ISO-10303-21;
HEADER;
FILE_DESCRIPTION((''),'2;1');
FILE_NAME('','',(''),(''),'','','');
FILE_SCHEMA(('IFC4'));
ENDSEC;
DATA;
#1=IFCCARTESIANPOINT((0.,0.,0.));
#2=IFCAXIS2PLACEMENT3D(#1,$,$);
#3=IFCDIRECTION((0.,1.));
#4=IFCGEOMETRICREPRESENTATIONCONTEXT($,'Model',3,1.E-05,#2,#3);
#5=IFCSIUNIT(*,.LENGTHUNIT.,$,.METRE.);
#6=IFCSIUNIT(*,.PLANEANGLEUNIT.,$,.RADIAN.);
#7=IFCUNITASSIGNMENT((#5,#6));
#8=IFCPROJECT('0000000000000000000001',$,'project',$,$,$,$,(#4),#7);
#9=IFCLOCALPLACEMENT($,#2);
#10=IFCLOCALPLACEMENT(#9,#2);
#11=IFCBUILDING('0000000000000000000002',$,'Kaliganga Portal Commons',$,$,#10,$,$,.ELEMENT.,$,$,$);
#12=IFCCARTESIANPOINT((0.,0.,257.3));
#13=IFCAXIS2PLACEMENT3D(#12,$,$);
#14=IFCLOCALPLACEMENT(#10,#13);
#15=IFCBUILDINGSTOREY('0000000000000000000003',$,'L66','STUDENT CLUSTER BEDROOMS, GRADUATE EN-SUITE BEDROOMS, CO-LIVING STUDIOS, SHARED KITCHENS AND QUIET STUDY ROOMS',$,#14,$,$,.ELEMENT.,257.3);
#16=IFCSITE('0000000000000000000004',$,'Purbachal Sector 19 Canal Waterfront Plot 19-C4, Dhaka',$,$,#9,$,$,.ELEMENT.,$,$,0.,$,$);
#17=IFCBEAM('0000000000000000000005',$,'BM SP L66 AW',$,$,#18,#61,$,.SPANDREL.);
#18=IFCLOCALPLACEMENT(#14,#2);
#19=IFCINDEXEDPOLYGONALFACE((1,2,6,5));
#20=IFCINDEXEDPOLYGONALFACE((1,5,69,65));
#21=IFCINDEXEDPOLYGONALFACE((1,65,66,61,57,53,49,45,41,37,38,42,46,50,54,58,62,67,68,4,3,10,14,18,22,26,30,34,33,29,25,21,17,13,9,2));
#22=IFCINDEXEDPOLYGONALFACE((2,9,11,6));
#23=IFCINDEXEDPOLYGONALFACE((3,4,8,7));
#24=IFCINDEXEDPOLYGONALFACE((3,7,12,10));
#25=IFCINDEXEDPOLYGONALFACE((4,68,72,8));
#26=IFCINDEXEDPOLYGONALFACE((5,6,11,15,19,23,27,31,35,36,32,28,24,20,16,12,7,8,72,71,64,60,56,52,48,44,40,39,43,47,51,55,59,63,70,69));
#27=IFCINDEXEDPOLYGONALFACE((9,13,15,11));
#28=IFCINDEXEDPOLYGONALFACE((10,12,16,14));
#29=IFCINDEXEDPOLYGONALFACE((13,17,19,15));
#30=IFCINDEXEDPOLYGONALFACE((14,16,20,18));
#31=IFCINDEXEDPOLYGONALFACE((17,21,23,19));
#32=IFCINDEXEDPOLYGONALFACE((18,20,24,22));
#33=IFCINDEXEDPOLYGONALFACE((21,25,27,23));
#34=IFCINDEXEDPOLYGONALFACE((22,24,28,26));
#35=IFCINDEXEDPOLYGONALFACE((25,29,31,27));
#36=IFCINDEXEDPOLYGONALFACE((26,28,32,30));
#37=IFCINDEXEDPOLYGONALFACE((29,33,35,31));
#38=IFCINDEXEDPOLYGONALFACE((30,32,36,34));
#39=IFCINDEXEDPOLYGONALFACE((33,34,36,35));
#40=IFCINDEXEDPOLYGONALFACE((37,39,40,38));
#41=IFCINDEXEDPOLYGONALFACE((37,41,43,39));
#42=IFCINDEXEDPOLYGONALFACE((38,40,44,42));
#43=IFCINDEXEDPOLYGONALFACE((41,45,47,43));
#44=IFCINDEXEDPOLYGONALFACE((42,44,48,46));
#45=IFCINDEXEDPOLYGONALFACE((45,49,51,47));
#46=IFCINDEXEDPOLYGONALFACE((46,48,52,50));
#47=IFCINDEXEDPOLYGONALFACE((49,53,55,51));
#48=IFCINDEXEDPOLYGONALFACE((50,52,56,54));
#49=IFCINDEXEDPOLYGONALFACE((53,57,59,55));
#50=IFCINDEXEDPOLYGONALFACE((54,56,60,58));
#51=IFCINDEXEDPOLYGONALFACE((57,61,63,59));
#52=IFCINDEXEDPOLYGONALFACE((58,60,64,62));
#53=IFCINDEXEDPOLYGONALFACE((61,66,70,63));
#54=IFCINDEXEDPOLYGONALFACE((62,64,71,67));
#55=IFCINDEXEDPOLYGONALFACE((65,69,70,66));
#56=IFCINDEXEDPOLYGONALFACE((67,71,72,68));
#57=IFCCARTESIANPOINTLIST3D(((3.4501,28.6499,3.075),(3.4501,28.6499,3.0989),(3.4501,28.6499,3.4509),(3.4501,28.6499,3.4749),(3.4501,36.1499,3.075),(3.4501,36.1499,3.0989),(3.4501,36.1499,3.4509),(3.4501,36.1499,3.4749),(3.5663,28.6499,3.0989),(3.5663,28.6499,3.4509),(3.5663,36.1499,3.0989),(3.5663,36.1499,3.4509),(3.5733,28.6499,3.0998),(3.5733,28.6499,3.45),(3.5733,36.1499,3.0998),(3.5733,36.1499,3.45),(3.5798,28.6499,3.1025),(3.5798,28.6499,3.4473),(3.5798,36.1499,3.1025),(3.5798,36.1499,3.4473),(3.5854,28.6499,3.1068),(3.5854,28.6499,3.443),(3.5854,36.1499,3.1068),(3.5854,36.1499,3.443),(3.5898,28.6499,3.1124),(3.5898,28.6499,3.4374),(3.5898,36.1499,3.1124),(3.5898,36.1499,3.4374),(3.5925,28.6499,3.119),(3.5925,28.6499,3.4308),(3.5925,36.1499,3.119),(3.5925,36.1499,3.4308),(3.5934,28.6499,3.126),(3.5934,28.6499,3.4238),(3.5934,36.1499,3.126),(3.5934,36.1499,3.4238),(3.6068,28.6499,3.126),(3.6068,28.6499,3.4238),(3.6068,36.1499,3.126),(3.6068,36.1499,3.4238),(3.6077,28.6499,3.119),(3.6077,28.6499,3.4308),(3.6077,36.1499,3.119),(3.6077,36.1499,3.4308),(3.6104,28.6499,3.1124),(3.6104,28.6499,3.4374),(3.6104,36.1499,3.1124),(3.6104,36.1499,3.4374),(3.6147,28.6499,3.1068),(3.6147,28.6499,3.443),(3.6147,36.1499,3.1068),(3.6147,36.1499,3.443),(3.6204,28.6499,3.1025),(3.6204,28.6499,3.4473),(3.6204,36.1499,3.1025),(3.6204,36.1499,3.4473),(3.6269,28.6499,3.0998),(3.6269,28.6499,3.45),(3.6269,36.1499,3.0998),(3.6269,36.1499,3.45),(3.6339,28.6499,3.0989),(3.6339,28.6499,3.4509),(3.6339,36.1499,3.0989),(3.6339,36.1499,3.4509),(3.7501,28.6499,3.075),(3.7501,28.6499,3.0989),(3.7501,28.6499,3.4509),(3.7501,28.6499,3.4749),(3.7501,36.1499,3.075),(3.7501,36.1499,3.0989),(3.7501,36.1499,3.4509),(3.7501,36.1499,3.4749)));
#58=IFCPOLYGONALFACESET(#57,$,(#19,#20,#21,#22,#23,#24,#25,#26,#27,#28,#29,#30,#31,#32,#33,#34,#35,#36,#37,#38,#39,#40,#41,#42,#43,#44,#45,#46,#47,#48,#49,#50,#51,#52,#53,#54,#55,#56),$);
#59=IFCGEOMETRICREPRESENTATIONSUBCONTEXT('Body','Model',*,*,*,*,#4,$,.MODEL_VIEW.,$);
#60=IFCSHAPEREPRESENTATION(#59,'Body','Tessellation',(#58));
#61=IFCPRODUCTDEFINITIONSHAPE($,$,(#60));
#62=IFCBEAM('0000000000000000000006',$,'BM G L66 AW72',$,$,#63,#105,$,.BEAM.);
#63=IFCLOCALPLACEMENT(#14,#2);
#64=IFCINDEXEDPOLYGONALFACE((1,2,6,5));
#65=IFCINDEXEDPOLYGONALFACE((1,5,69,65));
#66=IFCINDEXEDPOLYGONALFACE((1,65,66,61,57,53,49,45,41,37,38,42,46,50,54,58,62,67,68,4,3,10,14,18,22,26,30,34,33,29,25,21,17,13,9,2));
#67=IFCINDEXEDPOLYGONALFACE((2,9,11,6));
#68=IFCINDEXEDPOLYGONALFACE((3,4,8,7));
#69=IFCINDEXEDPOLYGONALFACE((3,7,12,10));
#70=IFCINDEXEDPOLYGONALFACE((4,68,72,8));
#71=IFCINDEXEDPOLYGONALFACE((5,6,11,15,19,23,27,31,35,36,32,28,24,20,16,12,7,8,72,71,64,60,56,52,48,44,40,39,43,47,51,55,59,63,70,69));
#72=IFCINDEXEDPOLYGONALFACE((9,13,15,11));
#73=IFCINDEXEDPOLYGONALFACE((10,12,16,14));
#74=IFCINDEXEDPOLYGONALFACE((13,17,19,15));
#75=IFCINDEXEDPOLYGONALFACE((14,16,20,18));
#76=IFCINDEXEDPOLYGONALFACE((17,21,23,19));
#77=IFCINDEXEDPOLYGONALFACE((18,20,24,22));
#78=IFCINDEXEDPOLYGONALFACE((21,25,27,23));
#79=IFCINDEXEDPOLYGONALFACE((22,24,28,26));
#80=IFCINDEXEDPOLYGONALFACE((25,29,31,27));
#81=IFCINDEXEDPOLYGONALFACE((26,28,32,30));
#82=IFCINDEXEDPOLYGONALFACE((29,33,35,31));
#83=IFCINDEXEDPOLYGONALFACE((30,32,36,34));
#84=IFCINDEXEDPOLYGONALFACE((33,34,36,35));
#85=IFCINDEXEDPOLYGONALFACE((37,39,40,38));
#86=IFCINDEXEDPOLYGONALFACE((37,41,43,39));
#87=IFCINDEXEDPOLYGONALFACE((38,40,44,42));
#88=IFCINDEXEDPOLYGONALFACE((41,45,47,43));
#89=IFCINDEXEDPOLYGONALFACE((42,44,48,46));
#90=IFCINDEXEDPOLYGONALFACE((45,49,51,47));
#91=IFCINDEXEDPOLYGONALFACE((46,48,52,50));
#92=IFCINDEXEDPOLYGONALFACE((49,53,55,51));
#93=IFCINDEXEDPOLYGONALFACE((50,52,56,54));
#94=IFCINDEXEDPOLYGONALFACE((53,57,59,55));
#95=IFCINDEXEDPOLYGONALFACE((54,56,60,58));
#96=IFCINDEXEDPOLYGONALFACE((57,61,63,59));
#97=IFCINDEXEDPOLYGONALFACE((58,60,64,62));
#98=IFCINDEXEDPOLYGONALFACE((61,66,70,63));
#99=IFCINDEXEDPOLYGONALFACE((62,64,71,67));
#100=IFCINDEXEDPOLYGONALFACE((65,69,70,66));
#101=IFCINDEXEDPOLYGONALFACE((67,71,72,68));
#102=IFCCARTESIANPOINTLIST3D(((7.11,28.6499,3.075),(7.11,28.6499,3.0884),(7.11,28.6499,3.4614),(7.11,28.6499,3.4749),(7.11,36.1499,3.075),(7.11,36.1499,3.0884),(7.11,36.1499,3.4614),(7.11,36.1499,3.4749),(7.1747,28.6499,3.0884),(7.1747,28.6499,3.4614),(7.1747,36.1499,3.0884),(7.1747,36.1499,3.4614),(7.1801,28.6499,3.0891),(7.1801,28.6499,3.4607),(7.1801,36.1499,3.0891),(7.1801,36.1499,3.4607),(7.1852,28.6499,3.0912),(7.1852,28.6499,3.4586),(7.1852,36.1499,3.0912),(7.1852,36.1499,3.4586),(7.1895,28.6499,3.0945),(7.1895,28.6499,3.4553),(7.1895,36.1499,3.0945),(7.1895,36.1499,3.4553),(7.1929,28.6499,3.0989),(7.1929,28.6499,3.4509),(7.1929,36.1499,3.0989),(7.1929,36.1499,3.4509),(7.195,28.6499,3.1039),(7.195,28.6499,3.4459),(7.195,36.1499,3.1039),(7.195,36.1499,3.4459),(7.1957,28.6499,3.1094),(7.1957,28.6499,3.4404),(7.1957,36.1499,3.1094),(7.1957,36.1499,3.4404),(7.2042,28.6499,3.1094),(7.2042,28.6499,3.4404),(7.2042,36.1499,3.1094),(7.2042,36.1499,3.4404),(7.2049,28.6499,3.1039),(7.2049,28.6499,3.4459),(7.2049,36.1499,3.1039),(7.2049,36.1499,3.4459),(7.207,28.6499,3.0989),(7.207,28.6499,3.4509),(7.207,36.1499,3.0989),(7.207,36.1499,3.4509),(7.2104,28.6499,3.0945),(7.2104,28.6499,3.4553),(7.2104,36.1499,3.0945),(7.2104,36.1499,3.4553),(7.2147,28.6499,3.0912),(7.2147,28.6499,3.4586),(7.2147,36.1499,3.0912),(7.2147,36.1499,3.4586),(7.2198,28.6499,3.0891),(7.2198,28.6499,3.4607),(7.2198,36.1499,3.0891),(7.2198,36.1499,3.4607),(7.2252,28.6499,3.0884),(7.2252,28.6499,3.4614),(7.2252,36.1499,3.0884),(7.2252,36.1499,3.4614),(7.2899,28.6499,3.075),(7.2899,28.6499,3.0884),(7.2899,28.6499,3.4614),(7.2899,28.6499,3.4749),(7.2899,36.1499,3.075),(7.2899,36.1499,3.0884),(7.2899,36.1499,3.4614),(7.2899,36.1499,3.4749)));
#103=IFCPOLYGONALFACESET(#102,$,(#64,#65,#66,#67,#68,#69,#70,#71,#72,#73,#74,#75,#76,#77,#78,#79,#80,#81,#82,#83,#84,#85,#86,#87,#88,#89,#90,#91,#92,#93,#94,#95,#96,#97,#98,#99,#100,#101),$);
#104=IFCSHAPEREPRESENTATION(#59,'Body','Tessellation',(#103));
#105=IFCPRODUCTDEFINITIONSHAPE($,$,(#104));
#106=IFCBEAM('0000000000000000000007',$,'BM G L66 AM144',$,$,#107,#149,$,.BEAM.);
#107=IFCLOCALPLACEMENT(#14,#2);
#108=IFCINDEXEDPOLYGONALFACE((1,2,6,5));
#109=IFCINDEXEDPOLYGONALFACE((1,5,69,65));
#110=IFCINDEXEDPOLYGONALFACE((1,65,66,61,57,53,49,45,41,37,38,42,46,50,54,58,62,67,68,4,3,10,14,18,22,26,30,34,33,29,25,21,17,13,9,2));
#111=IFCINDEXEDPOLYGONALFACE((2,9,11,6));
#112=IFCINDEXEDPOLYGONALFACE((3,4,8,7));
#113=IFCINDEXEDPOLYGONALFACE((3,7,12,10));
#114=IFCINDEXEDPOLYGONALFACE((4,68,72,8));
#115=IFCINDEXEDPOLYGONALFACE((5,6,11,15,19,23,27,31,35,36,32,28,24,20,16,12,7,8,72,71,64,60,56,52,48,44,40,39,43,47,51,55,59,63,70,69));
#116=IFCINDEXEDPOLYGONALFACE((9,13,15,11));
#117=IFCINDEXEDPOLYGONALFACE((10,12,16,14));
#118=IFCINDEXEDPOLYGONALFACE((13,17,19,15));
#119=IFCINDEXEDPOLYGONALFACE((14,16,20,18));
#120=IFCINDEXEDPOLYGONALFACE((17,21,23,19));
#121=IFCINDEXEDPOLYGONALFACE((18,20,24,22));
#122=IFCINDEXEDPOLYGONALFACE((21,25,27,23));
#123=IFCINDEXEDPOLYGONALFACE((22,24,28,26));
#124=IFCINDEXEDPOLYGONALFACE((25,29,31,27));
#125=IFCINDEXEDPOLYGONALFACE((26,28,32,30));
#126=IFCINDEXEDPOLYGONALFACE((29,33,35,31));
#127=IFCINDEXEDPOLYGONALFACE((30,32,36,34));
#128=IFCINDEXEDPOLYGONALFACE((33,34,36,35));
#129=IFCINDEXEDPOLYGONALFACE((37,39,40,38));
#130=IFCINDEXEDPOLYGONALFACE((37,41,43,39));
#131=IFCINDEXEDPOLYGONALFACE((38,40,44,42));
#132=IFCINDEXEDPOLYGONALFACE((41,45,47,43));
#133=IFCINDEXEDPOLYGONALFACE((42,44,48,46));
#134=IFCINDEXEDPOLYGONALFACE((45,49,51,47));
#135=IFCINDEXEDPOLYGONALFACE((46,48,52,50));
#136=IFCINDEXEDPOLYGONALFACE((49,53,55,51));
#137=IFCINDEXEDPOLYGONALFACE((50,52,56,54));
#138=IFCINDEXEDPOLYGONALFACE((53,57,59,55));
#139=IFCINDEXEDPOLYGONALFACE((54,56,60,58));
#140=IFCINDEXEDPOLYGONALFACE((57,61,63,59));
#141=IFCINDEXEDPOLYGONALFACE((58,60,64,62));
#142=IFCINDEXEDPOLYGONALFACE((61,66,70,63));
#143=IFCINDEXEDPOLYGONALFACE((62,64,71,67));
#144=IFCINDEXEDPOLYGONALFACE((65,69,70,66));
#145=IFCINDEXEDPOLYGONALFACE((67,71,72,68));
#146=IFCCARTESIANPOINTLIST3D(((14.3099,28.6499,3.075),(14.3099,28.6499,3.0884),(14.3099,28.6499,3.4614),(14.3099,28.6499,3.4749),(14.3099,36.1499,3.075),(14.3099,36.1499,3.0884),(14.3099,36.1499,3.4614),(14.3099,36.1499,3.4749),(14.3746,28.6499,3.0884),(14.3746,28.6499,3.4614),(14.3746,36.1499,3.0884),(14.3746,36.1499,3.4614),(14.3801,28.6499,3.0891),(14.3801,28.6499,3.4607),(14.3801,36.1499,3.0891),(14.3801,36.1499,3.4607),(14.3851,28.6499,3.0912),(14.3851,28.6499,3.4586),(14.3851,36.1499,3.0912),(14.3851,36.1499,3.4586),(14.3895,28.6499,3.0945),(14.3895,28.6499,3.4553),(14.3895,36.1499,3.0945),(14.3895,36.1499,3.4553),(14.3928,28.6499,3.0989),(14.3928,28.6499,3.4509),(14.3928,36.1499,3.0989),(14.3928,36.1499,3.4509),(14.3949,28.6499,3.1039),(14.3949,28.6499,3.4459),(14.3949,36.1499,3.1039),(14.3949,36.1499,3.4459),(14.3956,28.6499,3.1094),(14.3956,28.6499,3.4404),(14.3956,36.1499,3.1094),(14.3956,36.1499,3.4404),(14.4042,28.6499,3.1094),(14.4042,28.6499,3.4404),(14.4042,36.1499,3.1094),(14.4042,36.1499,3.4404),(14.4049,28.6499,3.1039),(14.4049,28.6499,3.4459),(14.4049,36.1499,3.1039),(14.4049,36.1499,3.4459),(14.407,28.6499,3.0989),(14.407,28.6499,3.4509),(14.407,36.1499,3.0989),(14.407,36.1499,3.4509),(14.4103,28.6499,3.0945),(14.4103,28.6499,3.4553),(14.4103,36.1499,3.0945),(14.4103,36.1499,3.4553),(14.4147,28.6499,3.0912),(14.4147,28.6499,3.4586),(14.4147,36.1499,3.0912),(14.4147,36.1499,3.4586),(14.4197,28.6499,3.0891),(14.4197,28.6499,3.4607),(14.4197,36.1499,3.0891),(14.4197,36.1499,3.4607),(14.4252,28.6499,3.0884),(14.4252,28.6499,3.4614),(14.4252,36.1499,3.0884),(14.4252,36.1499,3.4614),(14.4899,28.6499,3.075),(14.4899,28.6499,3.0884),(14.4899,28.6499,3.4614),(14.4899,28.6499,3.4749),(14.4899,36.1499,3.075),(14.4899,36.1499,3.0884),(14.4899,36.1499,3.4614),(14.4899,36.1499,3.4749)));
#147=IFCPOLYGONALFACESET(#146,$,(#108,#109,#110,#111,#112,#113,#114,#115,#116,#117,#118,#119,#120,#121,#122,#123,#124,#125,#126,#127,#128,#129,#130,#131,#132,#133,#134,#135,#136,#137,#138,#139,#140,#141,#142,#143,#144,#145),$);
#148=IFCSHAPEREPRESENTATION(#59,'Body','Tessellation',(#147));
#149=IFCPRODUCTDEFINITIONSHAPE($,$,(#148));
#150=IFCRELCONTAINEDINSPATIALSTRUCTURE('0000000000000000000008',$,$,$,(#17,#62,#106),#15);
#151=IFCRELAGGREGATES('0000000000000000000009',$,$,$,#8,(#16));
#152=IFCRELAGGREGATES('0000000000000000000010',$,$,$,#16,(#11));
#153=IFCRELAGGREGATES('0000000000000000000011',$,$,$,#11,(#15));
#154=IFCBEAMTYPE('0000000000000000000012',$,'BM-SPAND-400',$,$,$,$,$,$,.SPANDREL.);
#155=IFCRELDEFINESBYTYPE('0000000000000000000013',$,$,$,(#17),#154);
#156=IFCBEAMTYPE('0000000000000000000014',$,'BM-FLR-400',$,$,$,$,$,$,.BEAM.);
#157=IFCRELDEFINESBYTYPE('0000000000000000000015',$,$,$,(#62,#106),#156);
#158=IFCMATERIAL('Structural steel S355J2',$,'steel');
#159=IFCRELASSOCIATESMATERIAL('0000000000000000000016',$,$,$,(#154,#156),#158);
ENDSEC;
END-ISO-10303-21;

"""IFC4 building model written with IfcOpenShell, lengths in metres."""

from ifc_helpers import new_model, si_unit, direction, frame, origin, origin_2d, place, context, subcontext, project, spatial, i_section, extrude, source, transform, mapped, material, material_profile, profile_set, type_object, element, save


model = new_model("IFC4")

# Units and contexts
model_context = context("Model", 3, precision=1e-05, world=origin(), true_north=direction((0.0, 1.0)))
body_context = subcontext(model_context, "Body", "Model", "MODEL_VIEW")
ifc_project = project(units=[si_unit("LENGTHUNIT", "METRE"), si_unit("PLANEANGLEUNIT", "RADIAN")], contexts=[model_context])

# Site, building, storey
site_placement = place(None, origin())
site = spatial("IfcSite", under=ifc_project, at=site_placement, Name="Purbachal Sector 19 Canal Waterfront Plot 19-C4, Dhaka", CompositionType="ELEMENT", RefElevation=0.0)
building_placement = place(site_placement, origin())
building = spatial("IfcBuilding", under=site, at=building_placement, Name="Kaliganga Portal Commons", CompositionType="ELEMENT")
storey_placement = place(building_placement, frame((0.0, 0.0, 257.3)))
storey = spatial("IfcBuildingStorey", under=building, at=storey_placement, Name="L66", Description="STUDENT CLUSTER BEDROOMS, GRADUATE EN-SUITE BEDROOMS, CO-LIVING STUDIOS, SHARED KITCHENS AND QUIET STUDY ROOMS", CompositionType="ELEMENT", Elevation=257.3)

# Shared definitions
ifc_material_1 = material(Name="Structural steel S355J2", Category="steel")

# Beams
ifc_material_profile_1 = material_profile(ifc_material_1, i_section(OverallWidth=0.3, OverallDepth=0.3999, WebThickness=0.0134, FlangeThickness=0.0239, FilletRadius=0.0271, at=origin_2d()), Name="HE 400 B")
ifc_profile_set_1 = profile_set([ifc_material_profile_1], Name="Structural steel S355J2 wide-flange")
beam_type_1 = type_object("IfcBeamType", Name="BM-SPAND-400", PredefinedType="SPANDREL", material=ifc_profile_set_1)
shared_shape_1 = source(origin(), body_context, "Body", "SweptSolid", [
    extrude(i_section(OverallWidth=0.3, OverallDepth=0.3999, WebThickness=0.0134, FlangeThickness=0.0239, FilletRadius=0.0271, at=origin_2d()), origin(), (0.0, 0.0, 1.0), 7.5),
])
beam_1_placement = place(storey_placement, frame((3.6001, 28.6499, 3.2749), z_axis=(0.0, 1.0, 0.0), x_axis=(-1.0, 0.0, 0.0)))
element("IfcBeam", 1, at=beam_1_placement, inside=storey, type_object=beam_type_1, Name="BM SP L66 AW", PredefinedType="SPANDREL", context=body_context, shape_type="MappedRepresentation", body=[
    mapped(shared_shape_1, transform((0.0, 0.0, 0.0), x_axis=(1.0, 0.0, 0.0), y_axis=(0.0, 1.0, 0.0), z_axis=(0.0, 0.0, 1.0), scale=1.0)),
])
ifc_material_profile_2 = material_profile(ifc_material_1, i_section(OverallWidth=0.1799, OverallDepth=0.3999, WebThickness=0.0085, FlangeThickness=0.0134, FilletRadius=0.021, at=origin_2d()), Name="IPE 400")
ifc_profile_set_2 = profile_set([ifc_material_profile_2], Name="Structural steel S355J2 wide-flange")
beam_type_2 = type_object("IfcBeamType", Name="BM-FLR-400", PredefinedType="BEAM", material=ifc_profile_set_2)
shared_shape_2 = source(origin(), body_context, "Body", "SweptSolid", [
    extrude(i_section(OverallWidth=0.1799, OverallDepth=0.3999, WebThickness=0.0085, FlangeThickness=0.0134, FilletRadius=0.021, at=origin_2d()), origin(), (0.0, 0.0, 1.0), 7.5),
])
for number, where, z_axis, x_axis, name in (
    (2, (7.2, 28.6499, 3.2749), (0.0, 1.0, 0.0), (-1.0, 0.0, 0.0), "BM G L66 AW72"),
    (3, (14.3999, 28.6499, 3.2749), (0.0, 1.0, 0.0), (-1.0, 0.0, 0.0), "BM G L66 AM144"),
):
    element("IfcBeam", number, at=place(storey_placement, frame(where, z_axis=z_axis, x_axis=x_axis)), inside=storey, type_object=beam_type_2, Name=name, PredefinedType="BEAM", context=body_context, shape_type="MappedRepresentation", body=[
        mapped(shared_shape_2, transform((0.0, 0.0, 0.0), x_axis=(1.0, 0.0, 0.0), y_axis=(0.0, 1.0, 0.0), z_axis=(0.0, 0.0, 1.0), scale=1.0)),
    ])

save(model, "model.ifc")
